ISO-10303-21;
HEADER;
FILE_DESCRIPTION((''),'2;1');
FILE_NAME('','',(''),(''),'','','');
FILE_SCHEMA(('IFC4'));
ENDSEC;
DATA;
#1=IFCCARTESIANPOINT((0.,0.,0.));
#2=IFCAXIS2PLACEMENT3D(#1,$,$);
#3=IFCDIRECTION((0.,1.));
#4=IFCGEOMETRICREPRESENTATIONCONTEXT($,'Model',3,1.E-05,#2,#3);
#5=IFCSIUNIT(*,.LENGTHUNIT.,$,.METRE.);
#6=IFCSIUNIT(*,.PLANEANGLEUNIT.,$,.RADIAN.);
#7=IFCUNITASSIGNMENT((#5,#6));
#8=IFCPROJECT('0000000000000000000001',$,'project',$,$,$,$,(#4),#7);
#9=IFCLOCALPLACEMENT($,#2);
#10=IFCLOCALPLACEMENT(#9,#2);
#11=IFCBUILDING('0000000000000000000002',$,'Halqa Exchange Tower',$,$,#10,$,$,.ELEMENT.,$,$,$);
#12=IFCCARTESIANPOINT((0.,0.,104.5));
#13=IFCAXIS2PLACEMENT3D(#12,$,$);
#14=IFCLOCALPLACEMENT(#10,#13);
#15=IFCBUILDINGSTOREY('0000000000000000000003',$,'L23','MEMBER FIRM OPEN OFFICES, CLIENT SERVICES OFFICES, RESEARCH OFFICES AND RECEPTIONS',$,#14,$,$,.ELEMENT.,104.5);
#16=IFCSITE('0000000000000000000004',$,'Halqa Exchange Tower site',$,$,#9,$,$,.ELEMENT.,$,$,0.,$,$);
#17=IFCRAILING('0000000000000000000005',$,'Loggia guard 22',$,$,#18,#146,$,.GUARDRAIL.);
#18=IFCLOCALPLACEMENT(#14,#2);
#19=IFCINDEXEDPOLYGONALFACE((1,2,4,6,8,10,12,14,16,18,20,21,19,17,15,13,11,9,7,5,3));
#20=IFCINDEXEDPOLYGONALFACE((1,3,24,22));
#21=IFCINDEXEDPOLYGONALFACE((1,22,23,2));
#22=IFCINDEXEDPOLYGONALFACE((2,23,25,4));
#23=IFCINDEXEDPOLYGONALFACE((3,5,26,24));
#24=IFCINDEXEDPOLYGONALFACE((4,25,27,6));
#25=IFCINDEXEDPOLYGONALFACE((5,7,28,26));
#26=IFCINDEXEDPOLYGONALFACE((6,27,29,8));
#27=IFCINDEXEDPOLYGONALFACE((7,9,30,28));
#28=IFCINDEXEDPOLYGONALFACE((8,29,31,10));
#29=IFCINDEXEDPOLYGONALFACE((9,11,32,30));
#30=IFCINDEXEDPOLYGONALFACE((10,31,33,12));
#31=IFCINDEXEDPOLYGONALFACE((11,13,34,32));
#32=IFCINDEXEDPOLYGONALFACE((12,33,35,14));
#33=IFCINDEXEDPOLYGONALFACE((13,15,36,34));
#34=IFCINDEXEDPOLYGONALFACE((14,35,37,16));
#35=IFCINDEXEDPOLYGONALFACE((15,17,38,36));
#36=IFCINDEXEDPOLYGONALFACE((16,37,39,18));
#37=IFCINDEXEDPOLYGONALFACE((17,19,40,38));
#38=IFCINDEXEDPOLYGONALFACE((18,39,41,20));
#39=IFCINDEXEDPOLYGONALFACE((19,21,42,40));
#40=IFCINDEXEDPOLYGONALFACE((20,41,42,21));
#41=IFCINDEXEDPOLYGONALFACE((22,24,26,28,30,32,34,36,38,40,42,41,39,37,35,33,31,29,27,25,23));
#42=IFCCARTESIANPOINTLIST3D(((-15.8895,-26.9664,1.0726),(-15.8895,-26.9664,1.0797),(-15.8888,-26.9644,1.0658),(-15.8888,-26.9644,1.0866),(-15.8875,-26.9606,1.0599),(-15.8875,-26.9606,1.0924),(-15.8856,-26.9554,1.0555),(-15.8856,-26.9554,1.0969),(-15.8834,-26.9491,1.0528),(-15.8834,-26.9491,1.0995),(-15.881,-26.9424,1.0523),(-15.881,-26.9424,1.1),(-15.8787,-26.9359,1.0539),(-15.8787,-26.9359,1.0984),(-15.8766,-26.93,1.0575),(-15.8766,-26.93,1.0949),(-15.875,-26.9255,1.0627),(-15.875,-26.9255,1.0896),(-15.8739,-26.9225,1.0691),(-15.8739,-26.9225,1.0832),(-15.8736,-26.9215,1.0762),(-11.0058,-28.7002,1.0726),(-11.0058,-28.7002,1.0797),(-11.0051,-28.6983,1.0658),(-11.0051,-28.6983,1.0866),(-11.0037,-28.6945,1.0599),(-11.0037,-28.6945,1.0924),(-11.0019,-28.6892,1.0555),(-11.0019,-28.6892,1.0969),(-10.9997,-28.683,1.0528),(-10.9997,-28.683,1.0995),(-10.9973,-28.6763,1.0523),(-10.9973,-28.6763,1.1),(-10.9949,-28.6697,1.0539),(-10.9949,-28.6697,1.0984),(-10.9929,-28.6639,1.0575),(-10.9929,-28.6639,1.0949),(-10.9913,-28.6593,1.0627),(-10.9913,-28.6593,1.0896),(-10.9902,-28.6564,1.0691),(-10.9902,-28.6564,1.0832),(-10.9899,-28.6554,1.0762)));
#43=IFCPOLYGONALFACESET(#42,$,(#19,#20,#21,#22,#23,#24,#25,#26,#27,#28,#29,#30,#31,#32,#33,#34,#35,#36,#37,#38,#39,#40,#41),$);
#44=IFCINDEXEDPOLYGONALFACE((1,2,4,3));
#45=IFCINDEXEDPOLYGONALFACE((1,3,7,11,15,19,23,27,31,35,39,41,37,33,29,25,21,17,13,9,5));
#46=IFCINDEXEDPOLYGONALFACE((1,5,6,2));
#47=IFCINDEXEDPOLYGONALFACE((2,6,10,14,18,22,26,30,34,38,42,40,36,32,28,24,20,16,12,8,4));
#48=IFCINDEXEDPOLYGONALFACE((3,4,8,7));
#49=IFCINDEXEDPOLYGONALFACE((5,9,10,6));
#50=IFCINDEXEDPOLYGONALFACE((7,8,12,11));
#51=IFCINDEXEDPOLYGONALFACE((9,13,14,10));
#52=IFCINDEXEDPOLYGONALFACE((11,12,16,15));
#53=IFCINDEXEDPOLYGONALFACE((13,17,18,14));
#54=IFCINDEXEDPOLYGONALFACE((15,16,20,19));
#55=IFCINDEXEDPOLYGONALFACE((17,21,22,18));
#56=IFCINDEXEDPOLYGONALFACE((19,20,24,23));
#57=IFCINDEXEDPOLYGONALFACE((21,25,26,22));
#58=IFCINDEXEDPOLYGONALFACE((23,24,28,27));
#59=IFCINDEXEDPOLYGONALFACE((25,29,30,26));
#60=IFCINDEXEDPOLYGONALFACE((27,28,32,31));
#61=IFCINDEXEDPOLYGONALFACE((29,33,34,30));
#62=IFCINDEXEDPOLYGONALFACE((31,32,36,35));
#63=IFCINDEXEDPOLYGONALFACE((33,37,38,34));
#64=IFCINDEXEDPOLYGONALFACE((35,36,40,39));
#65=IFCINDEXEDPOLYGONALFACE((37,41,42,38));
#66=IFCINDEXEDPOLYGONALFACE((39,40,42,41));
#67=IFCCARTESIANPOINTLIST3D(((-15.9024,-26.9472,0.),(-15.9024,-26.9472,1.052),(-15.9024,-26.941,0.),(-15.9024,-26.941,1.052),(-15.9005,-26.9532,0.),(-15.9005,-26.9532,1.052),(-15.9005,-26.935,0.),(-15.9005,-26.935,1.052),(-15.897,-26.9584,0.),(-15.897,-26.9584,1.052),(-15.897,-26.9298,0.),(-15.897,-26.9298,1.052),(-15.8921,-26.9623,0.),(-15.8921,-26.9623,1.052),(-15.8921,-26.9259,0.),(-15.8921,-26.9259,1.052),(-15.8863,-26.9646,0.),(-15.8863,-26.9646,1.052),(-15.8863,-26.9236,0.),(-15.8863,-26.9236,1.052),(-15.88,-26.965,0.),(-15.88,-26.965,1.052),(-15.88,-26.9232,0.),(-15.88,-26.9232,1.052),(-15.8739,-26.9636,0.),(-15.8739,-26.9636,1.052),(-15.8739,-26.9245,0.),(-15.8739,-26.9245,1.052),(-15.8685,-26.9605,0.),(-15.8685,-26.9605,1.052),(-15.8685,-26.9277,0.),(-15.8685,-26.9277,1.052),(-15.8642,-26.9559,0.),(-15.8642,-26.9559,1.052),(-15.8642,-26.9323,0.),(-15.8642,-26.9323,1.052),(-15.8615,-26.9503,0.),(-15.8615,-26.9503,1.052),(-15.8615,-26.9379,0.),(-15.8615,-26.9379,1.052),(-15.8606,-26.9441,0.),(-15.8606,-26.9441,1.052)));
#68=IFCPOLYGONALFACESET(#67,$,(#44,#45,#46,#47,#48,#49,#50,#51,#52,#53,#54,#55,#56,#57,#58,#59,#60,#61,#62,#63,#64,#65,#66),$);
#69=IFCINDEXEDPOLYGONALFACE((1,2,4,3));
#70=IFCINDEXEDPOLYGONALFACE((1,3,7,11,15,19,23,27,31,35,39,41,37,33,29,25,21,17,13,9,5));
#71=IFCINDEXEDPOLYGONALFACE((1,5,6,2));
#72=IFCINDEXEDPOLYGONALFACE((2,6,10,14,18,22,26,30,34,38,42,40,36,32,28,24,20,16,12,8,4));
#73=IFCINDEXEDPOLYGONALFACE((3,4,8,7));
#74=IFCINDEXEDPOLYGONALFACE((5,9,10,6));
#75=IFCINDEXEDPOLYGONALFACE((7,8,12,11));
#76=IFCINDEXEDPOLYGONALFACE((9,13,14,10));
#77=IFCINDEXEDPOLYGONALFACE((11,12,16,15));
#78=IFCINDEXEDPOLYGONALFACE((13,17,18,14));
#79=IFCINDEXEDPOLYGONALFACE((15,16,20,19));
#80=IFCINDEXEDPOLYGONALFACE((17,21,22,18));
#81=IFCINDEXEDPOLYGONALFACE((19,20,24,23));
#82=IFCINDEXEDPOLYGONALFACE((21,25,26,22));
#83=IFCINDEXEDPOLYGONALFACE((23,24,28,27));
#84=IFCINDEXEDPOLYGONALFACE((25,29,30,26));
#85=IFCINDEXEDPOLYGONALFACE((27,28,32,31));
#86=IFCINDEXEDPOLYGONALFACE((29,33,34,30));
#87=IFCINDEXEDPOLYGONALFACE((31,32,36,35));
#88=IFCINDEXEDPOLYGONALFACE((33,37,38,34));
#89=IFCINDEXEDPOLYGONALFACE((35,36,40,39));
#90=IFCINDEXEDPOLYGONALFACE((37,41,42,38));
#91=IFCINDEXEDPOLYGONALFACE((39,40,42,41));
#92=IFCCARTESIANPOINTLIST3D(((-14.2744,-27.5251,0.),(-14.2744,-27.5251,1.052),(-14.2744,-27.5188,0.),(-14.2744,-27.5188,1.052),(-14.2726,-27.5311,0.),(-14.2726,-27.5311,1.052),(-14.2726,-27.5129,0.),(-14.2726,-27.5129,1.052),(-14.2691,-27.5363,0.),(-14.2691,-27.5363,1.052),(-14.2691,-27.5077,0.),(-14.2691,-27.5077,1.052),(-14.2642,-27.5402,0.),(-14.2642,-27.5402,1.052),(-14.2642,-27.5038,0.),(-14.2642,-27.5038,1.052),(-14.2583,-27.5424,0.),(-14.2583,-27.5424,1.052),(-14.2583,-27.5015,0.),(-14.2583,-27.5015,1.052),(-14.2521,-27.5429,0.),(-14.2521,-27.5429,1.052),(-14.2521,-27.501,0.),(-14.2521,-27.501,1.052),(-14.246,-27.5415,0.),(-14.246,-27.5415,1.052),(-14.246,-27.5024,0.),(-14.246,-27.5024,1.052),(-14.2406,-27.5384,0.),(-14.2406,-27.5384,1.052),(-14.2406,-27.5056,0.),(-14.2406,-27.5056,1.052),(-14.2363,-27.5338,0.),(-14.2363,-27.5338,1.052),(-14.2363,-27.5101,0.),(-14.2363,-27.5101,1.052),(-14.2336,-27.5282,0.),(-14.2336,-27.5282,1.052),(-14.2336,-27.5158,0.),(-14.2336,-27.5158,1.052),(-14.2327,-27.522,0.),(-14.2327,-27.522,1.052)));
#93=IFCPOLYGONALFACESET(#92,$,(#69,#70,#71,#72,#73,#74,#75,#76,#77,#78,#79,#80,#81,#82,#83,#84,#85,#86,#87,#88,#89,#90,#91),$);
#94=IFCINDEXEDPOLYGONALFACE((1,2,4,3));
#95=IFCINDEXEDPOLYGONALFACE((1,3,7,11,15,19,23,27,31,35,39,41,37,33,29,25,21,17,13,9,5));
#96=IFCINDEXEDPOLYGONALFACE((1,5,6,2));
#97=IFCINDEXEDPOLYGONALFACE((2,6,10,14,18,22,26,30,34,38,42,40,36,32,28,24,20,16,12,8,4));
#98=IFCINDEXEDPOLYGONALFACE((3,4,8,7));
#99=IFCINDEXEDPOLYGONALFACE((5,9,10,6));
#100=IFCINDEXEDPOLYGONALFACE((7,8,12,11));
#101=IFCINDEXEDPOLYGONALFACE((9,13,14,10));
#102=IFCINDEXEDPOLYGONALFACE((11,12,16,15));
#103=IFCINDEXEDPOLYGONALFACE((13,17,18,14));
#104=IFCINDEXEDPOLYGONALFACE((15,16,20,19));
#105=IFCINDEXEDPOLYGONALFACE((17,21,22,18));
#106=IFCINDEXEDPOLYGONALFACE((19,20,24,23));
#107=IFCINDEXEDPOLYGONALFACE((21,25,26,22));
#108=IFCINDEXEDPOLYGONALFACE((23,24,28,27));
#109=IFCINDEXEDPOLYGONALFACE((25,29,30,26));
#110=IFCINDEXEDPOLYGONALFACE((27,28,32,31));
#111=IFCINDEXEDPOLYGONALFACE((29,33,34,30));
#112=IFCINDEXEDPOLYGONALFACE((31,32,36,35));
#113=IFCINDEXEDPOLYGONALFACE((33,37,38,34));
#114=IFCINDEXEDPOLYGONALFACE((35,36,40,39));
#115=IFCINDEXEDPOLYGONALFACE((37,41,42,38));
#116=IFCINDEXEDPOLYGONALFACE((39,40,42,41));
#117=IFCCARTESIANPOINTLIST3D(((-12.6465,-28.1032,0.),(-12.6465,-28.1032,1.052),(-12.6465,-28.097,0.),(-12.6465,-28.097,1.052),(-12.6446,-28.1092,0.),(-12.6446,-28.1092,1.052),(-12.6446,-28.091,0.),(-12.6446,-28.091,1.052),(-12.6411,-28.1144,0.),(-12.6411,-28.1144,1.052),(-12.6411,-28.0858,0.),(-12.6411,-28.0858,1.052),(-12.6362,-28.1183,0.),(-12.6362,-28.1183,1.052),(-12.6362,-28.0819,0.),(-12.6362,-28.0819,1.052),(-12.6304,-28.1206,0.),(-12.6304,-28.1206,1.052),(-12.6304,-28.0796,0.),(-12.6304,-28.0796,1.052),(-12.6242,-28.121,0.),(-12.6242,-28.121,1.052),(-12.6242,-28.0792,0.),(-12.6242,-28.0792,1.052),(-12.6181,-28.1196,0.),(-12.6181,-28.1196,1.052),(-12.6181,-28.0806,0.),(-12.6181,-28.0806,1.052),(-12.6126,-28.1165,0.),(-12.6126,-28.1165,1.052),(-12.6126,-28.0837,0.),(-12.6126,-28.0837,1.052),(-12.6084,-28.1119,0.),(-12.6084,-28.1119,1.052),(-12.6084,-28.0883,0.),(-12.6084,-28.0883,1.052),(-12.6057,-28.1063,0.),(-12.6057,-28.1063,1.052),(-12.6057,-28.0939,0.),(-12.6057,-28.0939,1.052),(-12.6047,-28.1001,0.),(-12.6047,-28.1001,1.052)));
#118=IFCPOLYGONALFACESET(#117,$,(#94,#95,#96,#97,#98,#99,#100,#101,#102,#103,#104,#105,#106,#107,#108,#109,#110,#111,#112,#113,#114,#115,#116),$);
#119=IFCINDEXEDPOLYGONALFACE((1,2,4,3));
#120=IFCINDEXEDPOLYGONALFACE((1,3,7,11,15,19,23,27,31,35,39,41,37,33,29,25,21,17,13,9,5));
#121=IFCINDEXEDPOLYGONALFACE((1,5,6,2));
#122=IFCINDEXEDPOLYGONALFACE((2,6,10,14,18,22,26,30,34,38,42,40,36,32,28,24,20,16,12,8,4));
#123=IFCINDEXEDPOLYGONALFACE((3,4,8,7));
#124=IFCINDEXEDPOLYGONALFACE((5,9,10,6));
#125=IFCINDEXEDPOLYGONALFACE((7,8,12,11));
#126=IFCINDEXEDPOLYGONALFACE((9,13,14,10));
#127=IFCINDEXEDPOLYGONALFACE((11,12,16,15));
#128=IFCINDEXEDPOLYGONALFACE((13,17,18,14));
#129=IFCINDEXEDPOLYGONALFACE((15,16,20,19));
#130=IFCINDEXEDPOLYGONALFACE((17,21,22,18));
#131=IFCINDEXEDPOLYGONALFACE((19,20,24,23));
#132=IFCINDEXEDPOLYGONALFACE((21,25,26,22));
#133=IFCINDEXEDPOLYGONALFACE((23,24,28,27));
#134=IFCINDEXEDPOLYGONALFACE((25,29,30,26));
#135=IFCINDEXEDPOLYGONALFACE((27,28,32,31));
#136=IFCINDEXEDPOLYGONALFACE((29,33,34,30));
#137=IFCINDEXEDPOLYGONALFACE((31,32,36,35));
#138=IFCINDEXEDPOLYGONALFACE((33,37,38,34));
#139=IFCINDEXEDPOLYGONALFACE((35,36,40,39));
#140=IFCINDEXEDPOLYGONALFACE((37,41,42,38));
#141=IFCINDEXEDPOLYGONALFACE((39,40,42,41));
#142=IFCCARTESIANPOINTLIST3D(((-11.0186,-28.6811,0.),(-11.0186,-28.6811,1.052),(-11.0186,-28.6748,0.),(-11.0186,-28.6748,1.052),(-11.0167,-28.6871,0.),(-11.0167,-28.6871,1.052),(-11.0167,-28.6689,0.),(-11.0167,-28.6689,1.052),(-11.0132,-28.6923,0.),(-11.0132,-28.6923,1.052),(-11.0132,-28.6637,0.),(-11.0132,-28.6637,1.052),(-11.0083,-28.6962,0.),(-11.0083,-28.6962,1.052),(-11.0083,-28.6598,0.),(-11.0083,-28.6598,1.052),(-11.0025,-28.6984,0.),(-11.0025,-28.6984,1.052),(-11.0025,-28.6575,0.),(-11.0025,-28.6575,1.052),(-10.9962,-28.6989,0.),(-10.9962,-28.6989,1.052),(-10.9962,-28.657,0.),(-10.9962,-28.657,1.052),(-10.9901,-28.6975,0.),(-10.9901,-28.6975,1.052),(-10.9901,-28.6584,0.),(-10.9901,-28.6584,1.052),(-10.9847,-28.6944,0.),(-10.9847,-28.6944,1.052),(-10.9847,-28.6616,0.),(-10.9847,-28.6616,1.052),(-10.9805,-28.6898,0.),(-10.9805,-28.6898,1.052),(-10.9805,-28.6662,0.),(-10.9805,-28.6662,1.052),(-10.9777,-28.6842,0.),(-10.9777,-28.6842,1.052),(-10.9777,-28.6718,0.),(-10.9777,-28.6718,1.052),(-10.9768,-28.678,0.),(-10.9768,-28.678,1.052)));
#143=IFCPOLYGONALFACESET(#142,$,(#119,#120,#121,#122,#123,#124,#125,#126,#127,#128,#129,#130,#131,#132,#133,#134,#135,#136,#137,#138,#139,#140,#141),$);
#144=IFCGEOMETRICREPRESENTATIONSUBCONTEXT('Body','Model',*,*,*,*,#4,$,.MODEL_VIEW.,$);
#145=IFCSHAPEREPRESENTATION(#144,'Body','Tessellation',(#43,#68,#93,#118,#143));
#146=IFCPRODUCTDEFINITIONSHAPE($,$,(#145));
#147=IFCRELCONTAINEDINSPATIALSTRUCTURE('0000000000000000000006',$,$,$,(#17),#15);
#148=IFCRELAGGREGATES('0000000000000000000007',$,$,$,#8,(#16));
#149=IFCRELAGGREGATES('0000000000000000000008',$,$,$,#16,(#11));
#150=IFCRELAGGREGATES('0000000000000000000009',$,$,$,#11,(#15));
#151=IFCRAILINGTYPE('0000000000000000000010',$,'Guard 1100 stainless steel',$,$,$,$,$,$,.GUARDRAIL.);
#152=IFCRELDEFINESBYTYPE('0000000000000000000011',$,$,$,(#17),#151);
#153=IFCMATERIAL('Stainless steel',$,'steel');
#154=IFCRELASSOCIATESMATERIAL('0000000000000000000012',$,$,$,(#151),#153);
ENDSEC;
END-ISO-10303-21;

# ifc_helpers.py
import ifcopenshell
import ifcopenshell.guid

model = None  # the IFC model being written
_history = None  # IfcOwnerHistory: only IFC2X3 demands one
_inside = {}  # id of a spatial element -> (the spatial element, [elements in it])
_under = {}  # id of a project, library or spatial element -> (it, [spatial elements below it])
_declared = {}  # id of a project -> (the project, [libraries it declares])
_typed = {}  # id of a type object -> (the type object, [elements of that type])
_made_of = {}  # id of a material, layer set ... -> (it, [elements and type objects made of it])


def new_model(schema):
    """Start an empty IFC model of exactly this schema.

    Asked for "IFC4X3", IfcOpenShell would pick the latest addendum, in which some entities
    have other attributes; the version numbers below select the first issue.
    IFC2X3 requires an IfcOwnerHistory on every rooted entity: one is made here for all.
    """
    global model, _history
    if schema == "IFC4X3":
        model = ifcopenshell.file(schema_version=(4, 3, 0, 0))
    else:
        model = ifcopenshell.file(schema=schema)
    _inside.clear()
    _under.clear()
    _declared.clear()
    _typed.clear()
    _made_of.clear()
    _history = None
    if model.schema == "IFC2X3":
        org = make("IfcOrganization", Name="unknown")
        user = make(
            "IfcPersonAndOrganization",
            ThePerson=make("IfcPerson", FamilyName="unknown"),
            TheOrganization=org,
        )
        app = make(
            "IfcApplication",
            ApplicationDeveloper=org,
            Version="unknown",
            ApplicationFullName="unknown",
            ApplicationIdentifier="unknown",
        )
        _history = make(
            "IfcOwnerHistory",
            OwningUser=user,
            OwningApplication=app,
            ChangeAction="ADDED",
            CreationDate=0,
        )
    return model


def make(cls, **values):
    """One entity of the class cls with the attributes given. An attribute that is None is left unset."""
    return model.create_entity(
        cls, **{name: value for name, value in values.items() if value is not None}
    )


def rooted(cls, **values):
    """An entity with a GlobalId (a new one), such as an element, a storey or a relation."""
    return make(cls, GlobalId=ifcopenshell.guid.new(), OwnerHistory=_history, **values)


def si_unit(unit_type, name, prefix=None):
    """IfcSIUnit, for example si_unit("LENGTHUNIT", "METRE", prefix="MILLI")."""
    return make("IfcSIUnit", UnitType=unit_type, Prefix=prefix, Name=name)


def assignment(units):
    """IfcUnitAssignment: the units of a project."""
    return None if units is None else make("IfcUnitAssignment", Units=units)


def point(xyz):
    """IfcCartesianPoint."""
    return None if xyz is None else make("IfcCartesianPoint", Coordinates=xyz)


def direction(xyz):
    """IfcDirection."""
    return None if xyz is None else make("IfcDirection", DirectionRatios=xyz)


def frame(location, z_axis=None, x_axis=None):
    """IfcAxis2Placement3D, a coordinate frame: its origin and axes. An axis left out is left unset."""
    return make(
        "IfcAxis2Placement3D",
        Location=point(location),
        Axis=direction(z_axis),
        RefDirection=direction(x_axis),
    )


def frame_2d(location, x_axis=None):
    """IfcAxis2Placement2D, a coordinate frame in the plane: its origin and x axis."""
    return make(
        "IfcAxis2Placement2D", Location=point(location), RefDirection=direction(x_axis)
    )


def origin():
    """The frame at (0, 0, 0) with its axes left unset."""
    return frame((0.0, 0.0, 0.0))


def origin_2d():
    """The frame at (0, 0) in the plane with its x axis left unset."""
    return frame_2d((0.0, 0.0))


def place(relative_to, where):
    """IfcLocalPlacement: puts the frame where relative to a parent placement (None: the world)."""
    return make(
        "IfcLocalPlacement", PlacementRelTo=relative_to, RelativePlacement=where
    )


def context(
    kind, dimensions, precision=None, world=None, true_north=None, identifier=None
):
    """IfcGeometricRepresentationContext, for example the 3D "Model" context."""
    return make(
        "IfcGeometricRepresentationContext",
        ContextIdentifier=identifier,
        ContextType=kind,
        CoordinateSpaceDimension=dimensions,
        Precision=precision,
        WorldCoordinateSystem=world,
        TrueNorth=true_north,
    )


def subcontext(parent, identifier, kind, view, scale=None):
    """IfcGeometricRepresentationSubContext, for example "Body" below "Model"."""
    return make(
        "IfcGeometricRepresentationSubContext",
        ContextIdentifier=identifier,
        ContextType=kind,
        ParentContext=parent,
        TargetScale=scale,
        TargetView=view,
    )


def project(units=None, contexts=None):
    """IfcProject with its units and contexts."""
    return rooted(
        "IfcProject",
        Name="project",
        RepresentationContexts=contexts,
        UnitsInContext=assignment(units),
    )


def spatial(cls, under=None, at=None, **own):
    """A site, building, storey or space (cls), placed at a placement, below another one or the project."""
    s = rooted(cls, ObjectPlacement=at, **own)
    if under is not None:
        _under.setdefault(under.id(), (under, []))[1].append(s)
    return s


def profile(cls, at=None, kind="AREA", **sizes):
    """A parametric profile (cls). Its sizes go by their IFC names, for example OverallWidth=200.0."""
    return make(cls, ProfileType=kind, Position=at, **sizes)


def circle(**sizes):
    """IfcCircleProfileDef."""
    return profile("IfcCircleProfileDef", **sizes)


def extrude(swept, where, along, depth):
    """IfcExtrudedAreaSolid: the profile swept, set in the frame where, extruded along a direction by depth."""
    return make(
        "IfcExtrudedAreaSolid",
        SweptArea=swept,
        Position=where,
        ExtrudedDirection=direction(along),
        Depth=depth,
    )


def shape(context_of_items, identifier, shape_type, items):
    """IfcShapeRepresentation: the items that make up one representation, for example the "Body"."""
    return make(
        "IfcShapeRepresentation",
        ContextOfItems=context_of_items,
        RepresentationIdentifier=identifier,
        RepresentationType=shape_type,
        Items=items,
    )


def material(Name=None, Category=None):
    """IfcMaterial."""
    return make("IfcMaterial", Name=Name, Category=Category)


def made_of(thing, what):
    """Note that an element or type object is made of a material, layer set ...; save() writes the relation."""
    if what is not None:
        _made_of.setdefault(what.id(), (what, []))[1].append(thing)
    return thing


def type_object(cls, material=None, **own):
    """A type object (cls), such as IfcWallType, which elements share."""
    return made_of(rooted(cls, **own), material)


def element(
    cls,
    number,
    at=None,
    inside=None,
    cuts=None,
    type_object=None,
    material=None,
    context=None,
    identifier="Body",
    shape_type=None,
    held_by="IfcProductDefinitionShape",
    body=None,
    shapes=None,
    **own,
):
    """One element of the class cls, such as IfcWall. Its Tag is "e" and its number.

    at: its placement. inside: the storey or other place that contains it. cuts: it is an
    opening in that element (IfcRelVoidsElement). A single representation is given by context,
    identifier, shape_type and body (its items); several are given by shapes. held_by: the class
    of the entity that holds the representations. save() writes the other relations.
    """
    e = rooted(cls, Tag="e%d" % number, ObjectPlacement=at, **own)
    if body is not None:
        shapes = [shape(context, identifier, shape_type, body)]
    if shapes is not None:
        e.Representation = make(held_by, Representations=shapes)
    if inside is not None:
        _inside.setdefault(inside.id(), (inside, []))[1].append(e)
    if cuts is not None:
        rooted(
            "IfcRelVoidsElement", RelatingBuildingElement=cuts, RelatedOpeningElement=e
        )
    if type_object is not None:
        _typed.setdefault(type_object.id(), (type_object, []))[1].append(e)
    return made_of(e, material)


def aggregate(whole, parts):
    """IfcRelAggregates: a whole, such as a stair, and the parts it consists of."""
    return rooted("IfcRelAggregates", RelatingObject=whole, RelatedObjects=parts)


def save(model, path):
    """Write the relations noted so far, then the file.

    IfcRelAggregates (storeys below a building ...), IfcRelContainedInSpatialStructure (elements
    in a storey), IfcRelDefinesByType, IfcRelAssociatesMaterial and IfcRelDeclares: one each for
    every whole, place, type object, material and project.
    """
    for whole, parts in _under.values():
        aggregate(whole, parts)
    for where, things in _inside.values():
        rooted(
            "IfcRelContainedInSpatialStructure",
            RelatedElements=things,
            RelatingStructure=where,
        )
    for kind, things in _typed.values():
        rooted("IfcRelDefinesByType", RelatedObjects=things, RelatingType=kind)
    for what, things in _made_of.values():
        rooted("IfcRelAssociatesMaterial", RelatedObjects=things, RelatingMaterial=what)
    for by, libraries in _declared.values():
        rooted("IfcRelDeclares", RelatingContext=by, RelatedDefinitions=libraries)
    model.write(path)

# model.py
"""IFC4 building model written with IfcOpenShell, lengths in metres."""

from ifc_helpers import new_model, si_unit, direction, frame, origin, origin_2d, place, context, subcontext, project, spatial, circle, extrude, material, type_object, element, save


model = new_model("IFC4")

# Units and contexts
model_context = context("Model", 3, precision=1e-05, world=origin(), true_north=direction((0.0, 1.0)))
body_context = subcontext(model_context, "Body", "Model", "MODEL_VIEW")
ifc_project = project(units=[si_unit("LENGTHUNIT", "METRE"), si_unit("PLANEANGLEUNIT", "RADIAN")], contexts=[model_context])

# Site, building, storey
site_placement = place(None, origin())
site = spatial("IfcSite", under=ifc_project, at=site_placement, Name="Halqa Exchange Tower site", CompositionType="ELEMENT", RefElevation=0.0)
building_placement = place(site_placement, origin())
building = spatial("IfcBuilding", under=site, at=building_placement, Name="Halqa Exchange Tower", CompositionType="ELEMENT")
storey_placement = place(building_placement, frame((0.0, 0.0, 104.5)))
storey = spatial("IfcBuildingStorey", under=building, at=storey_placement, Name="L23", Description="MEMBER FIRM OPEN OFFICES, CLIENT SERVICES OFFICES, RESEARCH OFFICES AND RECEPTIONS", CompositionType="ELEMENT", Elevation=104.5)

# Railing
ifc_material_1 = material(Name="Stainless steel", Category="steel")
railing_type = type_object("IfcRailingType", Name="Guard 1100 stainless steel", PredefinedType="GUARDRAIL", material=ifc_material_1)
railing_1_placement = place(storey_placement, frame((-15.8816, -26.9441, 0.0)))
element("IfcRailing", 1, at=railing_1_placement, inside=storey, type_object=railing_type, Name="Loggia guard 22", PredefinedType="GUARDRAIL", context=body_context, shape_type="SweptSolid", body=[
    extrude(circle(Radius=0.0239, at=origin_2d()), frame((0.0, 0.0, 1.0762), z_axis=(0.942371, -0.334569, 0.0), x_axis=(0.334569, 0.942371, 0.0)), (0.0, 0.0, 1.0), 5.1824),
    extrude(circle(Radius=0.021, at=origin_2d()), origin(), (0.0, 0.0, 1.0), 1.052),
    extrude(circle(Radius=0.021, at=origin_2d()), frame((1.6279, -0.5779, 0.0)), (0.0, 0.0, 1.0), 1.052),
    extrude(circle(Radius=0.021, at=origin_2d()), frame((3.2559, -1.156, 0.0)), (0.0, 0.0, 1.0), 1.052),
    extrude(circle(Radius=0.021, at=origin_2d()), frame((4.8838, -1.7339, 0.0)), (0.0, 0.0, 1.0), 1.052),
])

save(model, "model.ifc")
